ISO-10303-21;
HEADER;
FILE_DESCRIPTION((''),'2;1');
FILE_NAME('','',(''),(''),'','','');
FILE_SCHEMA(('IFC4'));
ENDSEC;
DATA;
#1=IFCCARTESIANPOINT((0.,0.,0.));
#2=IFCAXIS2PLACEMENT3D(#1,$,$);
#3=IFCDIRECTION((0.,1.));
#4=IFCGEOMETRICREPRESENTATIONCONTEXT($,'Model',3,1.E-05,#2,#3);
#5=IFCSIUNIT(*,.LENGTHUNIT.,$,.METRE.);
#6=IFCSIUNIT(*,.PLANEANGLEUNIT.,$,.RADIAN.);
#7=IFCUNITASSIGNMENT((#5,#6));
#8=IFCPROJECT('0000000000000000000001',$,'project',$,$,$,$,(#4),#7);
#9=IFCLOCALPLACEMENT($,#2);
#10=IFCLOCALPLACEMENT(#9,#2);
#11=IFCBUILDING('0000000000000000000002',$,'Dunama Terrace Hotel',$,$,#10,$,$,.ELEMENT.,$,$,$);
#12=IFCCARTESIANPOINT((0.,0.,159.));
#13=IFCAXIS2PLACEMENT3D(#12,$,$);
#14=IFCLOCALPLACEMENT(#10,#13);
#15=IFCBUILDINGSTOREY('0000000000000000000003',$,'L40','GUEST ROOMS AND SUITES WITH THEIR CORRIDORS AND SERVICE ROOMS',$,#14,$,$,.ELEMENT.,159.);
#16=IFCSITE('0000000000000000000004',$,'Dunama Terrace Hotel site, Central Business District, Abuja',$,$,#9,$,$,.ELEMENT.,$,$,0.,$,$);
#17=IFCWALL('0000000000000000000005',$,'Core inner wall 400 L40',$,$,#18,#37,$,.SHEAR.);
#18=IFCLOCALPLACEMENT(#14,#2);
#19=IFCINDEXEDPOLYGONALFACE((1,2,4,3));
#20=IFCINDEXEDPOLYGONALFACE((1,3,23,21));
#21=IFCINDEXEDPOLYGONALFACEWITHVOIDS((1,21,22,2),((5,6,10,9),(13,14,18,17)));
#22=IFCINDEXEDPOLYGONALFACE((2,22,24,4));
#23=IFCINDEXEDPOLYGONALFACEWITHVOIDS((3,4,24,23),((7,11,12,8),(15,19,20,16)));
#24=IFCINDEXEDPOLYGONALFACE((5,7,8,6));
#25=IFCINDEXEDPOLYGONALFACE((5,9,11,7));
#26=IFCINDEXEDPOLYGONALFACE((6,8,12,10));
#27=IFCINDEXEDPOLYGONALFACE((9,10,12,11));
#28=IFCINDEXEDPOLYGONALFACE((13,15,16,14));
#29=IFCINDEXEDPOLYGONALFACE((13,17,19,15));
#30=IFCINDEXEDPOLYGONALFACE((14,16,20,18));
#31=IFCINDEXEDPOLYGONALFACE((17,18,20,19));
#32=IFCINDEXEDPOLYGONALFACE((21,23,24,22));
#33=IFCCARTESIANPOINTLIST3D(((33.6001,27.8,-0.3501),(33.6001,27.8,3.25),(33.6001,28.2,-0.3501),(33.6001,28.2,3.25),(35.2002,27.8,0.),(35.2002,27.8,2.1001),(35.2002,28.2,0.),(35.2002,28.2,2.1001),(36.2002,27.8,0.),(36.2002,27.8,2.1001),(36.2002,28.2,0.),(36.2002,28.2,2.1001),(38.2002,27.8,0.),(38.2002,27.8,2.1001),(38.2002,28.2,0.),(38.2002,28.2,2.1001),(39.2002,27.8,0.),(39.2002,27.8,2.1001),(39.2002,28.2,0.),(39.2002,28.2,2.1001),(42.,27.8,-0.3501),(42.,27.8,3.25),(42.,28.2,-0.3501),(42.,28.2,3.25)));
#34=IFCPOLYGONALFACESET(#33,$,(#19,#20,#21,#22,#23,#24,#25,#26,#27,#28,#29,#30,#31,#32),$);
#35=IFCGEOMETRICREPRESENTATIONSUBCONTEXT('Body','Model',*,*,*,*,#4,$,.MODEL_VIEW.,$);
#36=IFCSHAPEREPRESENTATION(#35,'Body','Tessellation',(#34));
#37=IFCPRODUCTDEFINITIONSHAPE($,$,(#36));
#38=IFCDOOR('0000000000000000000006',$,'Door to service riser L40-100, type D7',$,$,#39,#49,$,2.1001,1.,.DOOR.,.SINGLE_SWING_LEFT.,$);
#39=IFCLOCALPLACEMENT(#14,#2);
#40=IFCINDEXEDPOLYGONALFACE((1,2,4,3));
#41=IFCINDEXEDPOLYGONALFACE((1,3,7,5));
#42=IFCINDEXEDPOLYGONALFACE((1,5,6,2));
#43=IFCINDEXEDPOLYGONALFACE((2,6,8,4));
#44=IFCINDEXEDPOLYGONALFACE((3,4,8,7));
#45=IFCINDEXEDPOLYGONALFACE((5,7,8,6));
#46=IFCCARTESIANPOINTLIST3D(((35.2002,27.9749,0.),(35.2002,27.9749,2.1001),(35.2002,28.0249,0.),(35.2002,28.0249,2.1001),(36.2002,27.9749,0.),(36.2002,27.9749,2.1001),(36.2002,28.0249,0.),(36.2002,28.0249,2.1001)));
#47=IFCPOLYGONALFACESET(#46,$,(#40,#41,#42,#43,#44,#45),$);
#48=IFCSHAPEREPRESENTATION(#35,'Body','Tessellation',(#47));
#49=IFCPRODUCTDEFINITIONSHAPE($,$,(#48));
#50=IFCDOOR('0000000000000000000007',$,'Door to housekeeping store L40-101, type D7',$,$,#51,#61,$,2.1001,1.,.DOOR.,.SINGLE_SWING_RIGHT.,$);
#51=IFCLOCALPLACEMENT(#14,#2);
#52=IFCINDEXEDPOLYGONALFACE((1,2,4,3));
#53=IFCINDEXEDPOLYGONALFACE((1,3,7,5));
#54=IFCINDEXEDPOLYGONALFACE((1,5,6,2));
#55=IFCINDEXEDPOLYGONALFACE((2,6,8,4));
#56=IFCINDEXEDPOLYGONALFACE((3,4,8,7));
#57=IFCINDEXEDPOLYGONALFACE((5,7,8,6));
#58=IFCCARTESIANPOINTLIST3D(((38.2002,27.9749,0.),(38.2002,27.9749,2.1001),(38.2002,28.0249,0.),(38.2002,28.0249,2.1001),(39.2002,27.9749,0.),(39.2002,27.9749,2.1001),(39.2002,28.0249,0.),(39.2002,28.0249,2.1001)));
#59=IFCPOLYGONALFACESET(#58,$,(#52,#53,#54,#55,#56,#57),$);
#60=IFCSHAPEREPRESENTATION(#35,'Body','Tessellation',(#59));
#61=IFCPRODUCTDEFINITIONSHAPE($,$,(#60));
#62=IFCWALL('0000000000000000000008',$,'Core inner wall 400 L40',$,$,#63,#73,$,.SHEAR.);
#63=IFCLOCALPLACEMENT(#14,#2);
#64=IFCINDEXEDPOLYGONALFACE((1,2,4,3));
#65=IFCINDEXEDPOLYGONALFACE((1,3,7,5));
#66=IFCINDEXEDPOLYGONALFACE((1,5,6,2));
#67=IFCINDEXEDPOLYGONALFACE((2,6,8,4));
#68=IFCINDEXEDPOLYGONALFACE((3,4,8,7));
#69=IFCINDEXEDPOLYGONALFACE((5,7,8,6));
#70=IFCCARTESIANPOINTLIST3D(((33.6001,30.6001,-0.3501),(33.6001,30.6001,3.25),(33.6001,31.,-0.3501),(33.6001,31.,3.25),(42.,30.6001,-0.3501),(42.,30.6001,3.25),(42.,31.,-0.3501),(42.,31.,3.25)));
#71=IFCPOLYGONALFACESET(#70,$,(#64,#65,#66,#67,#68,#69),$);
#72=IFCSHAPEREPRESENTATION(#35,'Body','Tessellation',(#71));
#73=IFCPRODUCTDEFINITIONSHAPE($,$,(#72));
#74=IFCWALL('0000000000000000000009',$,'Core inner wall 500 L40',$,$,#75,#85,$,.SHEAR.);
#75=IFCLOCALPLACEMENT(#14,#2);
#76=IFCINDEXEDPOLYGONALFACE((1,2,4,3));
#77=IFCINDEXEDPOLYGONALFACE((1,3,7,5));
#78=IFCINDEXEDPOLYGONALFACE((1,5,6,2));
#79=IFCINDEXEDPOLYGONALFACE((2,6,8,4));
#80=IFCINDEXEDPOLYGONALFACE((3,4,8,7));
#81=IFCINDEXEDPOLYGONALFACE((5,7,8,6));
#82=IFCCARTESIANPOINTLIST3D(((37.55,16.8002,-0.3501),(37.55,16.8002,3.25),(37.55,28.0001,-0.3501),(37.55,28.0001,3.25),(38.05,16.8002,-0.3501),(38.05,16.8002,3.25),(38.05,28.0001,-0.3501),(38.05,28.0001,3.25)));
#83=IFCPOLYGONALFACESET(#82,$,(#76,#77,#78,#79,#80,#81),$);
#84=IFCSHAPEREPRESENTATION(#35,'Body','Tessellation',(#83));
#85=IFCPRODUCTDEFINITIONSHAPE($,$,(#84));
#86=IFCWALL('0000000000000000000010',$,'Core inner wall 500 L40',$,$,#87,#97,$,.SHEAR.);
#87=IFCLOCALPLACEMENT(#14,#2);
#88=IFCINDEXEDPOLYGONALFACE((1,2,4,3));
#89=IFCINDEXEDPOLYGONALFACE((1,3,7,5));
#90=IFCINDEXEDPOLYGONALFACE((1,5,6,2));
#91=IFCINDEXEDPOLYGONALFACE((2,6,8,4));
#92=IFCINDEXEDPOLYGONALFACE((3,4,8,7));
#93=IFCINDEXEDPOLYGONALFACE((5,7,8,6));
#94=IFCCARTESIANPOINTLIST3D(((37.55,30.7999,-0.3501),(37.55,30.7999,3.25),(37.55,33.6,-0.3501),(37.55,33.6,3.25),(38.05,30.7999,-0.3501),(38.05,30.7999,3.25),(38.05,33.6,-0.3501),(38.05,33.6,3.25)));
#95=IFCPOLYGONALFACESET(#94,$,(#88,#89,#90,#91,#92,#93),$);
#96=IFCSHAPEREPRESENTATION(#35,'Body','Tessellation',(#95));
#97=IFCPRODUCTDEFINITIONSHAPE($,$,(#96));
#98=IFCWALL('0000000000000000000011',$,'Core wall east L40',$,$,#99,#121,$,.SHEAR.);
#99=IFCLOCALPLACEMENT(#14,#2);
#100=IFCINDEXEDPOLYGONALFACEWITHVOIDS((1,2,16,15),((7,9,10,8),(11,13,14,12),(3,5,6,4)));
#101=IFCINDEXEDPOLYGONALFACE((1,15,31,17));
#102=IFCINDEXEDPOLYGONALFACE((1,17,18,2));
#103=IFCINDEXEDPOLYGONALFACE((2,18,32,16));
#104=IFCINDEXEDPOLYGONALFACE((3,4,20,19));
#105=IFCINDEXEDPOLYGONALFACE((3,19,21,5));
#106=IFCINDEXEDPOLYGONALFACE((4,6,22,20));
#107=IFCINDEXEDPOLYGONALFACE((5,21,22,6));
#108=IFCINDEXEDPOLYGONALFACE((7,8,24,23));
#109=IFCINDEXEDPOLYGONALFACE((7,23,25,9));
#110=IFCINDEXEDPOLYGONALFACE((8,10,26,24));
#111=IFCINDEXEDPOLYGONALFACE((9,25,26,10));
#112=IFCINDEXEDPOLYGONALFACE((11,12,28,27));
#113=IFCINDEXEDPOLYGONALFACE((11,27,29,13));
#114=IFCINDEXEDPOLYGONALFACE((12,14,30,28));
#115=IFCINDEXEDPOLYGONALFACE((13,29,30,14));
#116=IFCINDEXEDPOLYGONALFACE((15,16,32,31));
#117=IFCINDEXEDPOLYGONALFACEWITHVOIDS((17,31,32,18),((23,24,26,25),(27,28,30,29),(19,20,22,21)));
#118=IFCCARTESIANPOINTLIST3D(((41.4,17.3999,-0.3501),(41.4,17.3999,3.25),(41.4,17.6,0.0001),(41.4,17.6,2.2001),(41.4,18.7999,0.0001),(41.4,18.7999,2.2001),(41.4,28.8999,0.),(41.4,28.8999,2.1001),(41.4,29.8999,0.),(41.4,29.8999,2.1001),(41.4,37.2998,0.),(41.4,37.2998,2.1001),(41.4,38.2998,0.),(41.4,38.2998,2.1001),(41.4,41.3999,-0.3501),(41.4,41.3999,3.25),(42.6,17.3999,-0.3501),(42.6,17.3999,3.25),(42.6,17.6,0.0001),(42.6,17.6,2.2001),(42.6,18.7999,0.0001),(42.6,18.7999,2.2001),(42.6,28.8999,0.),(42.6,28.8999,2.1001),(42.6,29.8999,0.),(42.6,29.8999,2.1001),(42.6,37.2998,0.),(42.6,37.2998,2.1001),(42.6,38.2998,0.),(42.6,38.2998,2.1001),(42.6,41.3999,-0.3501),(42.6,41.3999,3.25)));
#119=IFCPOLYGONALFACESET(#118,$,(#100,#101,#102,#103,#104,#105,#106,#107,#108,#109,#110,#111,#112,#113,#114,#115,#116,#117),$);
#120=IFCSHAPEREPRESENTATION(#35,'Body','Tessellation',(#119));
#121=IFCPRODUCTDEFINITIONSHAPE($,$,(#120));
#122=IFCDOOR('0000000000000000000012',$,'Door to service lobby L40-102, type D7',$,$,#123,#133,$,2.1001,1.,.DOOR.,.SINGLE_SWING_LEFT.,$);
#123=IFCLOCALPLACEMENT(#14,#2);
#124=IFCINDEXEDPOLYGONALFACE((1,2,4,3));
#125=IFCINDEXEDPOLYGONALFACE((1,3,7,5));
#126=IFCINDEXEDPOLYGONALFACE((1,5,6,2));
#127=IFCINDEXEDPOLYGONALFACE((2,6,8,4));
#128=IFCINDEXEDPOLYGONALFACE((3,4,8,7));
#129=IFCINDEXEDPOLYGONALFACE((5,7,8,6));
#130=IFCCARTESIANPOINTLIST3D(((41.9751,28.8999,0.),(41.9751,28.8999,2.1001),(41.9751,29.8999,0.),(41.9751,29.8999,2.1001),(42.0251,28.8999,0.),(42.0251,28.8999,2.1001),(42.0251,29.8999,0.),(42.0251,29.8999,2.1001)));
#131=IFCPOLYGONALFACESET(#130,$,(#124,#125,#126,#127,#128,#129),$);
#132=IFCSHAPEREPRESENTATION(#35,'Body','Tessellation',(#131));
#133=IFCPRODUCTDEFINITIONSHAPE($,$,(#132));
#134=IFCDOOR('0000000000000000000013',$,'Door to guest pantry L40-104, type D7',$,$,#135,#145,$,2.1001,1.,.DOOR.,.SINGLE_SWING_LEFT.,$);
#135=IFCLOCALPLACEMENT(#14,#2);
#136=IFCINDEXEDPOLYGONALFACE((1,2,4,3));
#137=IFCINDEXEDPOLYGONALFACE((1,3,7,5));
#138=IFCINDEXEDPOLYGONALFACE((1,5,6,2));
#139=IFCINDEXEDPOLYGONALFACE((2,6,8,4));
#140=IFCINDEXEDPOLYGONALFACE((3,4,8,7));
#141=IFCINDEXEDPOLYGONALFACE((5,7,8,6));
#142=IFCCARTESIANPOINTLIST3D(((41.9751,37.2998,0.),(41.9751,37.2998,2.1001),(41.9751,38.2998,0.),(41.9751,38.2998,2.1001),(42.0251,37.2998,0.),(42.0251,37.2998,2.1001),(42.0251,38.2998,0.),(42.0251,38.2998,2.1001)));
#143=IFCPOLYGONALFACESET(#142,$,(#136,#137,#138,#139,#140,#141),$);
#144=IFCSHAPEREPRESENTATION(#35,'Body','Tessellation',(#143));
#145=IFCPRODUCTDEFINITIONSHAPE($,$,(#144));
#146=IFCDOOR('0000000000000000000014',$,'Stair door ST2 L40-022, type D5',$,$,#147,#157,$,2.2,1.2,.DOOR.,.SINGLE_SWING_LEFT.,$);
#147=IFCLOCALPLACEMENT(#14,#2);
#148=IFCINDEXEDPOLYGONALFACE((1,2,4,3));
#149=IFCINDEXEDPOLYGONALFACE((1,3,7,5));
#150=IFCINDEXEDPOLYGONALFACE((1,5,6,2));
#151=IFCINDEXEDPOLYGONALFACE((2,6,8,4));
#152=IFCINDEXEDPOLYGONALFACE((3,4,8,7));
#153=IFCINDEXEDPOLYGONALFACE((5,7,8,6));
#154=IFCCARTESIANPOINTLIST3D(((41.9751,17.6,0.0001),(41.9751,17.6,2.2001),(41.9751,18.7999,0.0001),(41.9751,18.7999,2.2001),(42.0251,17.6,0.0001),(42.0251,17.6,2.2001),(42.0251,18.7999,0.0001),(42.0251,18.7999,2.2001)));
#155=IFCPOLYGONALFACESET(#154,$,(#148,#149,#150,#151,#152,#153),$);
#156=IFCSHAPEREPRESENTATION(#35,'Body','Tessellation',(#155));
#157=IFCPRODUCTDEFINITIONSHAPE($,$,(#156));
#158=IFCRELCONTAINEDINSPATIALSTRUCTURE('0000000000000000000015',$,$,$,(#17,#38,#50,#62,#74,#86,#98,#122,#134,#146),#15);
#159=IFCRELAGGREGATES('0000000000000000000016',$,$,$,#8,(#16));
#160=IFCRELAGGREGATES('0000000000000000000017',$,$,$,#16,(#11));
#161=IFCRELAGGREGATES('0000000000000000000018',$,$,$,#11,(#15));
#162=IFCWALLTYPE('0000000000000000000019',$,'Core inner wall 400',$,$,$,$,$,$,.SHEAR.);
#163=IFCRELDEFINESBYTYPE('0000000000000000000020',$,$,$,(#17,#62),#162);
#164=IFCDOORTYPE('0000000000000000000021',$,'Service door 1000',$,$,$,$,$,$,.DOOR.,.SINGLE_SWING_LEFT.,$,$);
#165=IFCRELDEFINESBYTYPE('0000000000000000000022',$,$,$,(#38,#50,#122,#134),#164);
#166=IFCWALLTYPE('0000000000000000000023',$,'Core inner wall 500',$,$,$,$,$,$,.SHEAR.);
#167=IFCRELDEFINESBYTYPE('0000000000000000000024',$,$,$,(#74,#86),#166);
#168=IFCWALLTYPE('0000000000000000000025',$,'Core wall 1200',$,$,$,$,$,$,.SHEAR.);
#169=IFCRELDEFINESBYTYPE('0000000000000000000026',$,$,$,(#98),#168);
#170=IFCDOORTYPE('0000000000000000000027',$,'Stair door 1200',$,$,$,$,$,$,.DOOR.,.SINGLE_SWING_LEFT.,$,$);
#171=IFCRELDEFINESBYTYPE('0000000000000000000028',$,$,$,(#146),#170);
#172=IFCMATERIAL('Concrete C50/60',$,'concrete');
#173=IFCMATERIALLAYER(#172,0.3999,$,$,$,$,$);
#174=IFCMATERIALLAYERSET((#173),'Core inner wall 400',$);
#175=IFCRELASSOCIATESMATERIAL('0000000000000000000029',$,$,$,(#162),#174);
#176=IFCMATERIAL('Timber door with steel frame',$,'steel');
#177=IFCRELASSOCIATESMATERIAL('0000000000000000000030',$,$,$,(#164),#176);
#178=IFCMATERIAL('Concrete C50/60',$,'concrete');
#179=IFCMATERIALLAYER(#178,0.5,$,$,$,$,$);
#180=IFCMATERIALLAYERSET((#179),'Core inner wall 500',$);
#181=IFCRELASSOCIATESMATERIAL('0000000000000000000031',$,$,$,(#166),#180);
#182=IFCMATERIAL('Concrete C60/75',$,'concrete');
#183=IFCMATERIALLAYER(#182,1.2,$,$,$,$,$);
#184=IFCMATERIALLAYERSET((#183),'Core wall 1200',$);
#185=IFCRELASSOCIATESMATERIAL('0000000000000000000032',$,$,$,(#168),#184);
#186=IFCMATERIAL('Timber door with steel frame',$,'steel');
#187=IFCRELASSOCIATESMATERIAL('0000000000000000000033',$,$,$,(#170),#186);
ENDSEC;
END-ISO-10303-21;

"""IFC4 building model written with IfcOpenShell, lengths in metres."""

from ifc_helpers import new_model, si_unit, direction, frame, frame_2d, origin, place, context, subcontext, project, spatial, rectangle, extrude, material, layer, layer_set, type_object, element, fill, save


model = new_model("IFC4")

# Units and contexts
model_context = context("Model", 3, precision=1e-05, world=origin(), true_north=direction((0.0, 1.0)))
body_context = subcontext(model_context, "Body", "Model", "MODEL_VIEW")
ifc_project = project(units=[si_unit("LENGTHUNIT", "METRE"), si_unit("PLANEANGLEUNIT", "RADIAN")], contexts=[model_context])

# Site, building, storey
site_placement = place(None, origin())
site = spatial("IfcSite", under=ifc_project, at=site_placement, Name="Dunama Terrace Hotel site, Central Business District, Abuja", CompositionType="ELEMENT", RefElevation=0.0)
building_placement = place(site_placement, origin())
building = spatial("IfcBuilding", under=site, at=building_placement, Name="Dunama Terrace Hotel", CompositionType="ELEMENT")
storey_placement = place(building_placement, frame((0.0, 0.0, 159.0)))
storey = spatial("IfcBuildingStorey", under=building, at=storey_placement, Name="L40", Description="GUEST ROOMS AND SUITES WITH THEIR CORRIDORS AND SERVICE ROOMS", CompositionType="ELEMENT", Elevation=159.0)

# Wall, openings, doors
ifc_material_1 = material(Name="Concrete C50/60", Category="concrete")
ifc_layer_1 = layer(ifc_material_1, 0.3999)
ifc_layer_set_1 = layer_set([ifc_layer_1], Name="Core inner wall 400")
wall_type_1 = type_object("IfcWallType", Name="Core inner wall 400", PredefinedType="SHEAR", material=ifc_layer_set_1)
ifc_material_2 = material(Name="Timber door with steel frame", Category="steel")
door_type_1 = type_object("IfcDoorType", Name="Service door 1000", OperationType="SINGLE_SWING_LEFT", PredefinedType="DOOR", material=ifc_material_2)
wall_1_placement = place(storey_placement, frame((33.6001, 28.0, -0.3501), z_axis=(0.0, 0.0, 1.0), x_axis=(1.0, 0.0, 0.0)))
wall_1 = element("IfcWall", 1, at=wall_1_placement, inside=storey, type_object=wall_type_1, Name="Core inner wall 400 L40", PredefinedType="SHEAR", context=body_context, shape_type="SweptSolid", body=[
    extrude(rectangle(XDim=8.3999, YDim=0.3999, at=frame_2d((4.2, 0.0))), origin(), (0.0, 0.0, 1.0), 3.6001),
])
opening_1_placement = place(wall_1_placement, frame((1.6001, 0.0, 0.3501)))
opening_1 = element("IfcOpeningElement", 2, at=opening_1_placement, cuts=wall_1, PredefinedType="OPENING", context=body_context, shape_type="SweptSolid", body=[
    extrude(rectangle(XDim=1.0, YDim=2.1001, at=frame_2d((0.5, 1.05))), frame((0.0, 0.21, 0.0), z_axis=(0.0, -1.0, 0.0), x_axis=(1.0, 0.0, 0.0)), (0.0, 0.0, 1.0), 0.4199),
])
opening_2_placement = place(wall_1_placement, frame((4.6001, 0.0, 0.3501)))
opening_2 = element("IfcOpeningElement", 3, at=opening_2_placement, cuts=wall_1, PredefinedType="OPENING", context=body_context, shape_type="SweptSolid", body=[
    extrude(rectangle(XDim=1.0, YDim=2.1001, at=frame_2d((0.5, 1.05))), frame((0.0, 0.21, 0.0), z_axis=(0.0, -1.0, 0.0), x_axis=(1.0, 0.0, 0.0)), (0.0, 0.0, 1.0), 0.4199),
])
door_1_placement = place(opening_1_placement, frame((1.0, 0.0, 0.0), z_axis=(0.0, 0.0, 1.0), x_axis=(-1.0, 0.0, 0.0)))
door_1 = element("IfcDoor", 4, at=door_1_placement, inside=storey, type_object=door_type_1, Name="Door to service riser L40-100, type D7", OperationType="SINGLE_SWING_LEFT", OverallHeight=2.1001, OverallWidth=1.0, PredefinedType="DOOR", context=body_context, shape_type="SweptSolid", body=[
    extrude(rectangle(XDim=1.0, YDim=2.1001, at=frame_2d((0.5, 1.05))), frame((0.0, 0.0251, 0.0), z_axis=(0.0, -1.0, 0.0), x_axis=(1.0, 0.0, 0.0)), (0.0, 0.0, 1.0), 0.05),
])
fill(opening_1, door_1)
door_2_placement = place(opening_2_placement, frame((1.0, 0.0, 0.0), z_axis=(0.0, 0.0, 1.0), x_axis=(-1.0, 0.0, 0.0)))
door_2 = element("IfcDoor", 5, at=door_2_placement, inside=storey, type_object=door_type_1, Name="Door to housekeeping store L40-101, type D7", OperationType="SINGLE_SWING_RIGHT", OverallHeight=2.1001, OverallWidth=1.0, PredefinedType="DOOR", context=body_context, shape_type="SweptSolid", body=[
    extrude(rectangle(XDim=1.0, YDim=2.1001, at=frame_2d((0.5, 1.05))), frame((0.0, 0.0251, 0.0), z_axis=(0.0, -1.0, 0.0), x_axis=(1.0, 0.0, 0.0)), (0.0, 0.0, 1.0), 0.05),
])
fill(opening_2, door_2)

# Walls
wall_2_placement = place(storey_placement, frame((33.6001, 30.8, -0.3501), z_axis=(0.0, 0.0, 1.0), x_axis=(1.0, 0.0, 0.0)))
element("IfcWall", 6, at=wall_2_placement, inside=storey, type_object=wall_type_1, Name="Core inner wall 400 L40", PredefinedType="SHEAR", context=body_context, shape_type="SweptSolid", body=[
    extrude(rectangle(XDim=8.3999, YDim=0.3999, at=frame_2d((4.2, 0.0))), origin(), (0.0, 0.0, 1.0), 3.6001),
])
ifc_material_3 = material(Name="Concrete C50/60", Category="concrete")
ifc_layer_2 = layer(ifc_material_3, 0.5)
ifc_layer_set_2 = layer_set([ifc_layer_2], Name="Core inner wall 500")
wall_type_2 = type_object("IfcWallType", Name="Core inner wall 500", PredefinedType="SHEAR", material=ifc_layer_set_2)
wall_3_placement = place(storey_placement, frame((37.8, 16.8, -0.3501), z_axis=(0.0, 0.0, 1.0), x_axis=(0.0, 1.0, 0.0)))
element("IfcWall", 7, at=wall_3_placement, inside=storey, type_object=wall_type_2, Name="Core inner wall 500 L40", PredefinedType="SHEAR", context=body_context, shape_type="SweptSolid", body=[
    extrude(rectangle(XDim=11.2, YDim=0.5, at=frame_2d((5.6001, 0.0))), origin(), (0.0, 0.0, 1.0), 3.6001),
])
wall_4_placement = place(storey_placement, frame((37.8, 30.8, -0.3501), z_axis=(0.0, 0.0, 1.0), x_axis=(0.0, 1.0, 0.0)))
element("IfcWall", 8, at=wall_4_placement, inside=storey, type_object=wall_type_2, Name="Core inner wall 500 L40", PredefinedType="SHEAR", context=body_context, shape_type="SweptSolid", body=[
    extrude(rectangle(XDim=2.8, YDim=0.5, at=frame_2d((1.3999, 0.0))), origin(), (0.0, 0.0, 1.0), 3.6001),
])

# Wall, openings, doors
ifc_material_4 = material(Name="Concrete C60/75", Category="concrete")
ifc_layer_3 = layer(ifc_material_4, 1.2)
ifc_layer_set_3 = layer_set([ifc_layer_3], Name="Core wall 1200")
wall_type_3 = type_object("IfcWallType", Name="Core wall 1200", PredefinedType="SHEAR", material=ifc_layer_set_3)
wall_5_placement = place(storey_placement, frame((42.0, 17.3999, -0.3501), z_axis=(0.0, 0.0, 1.0), x_axis=(0.0, 1.0, 0.0)))
wall_5 = element("IfcWall", 9, at=wall_5_placement, inside=storey, type_object=wall_type_3, Name="Core wall east L40", PredefinedType="SHEAR", context=body_context, shape_type="SweptSolid", body=[
    extrude(rectangle(XDim=24.0, YDim=1.2, at=frame_2d((12.0, 0.0))), origin(), (0.0, 0.0, 1.0), 3.6001),
])
opening_3_placement = place(wall_5_placement, frame((0.2, 0.0, 0.3501)))
opening_3 = element("IfcOpeningElement", 10, at=opening_3_placement, cuts=wall_5, PredefinedType="OPENING", context=body_context, shape_type="SweptSolid", body=[
    extrude(rectangle(XDim=1.2, YDim=2.2, at=frame_2d((0.6001, 1.1001))), frame((0.0, 0.6099, 0.0), z_axis=(0.0, -1.0, 0.0), x_axis=(1.0, 0.0, 0.0)), (0.0, 0.0, 1.0), 1.22),
])
opening_4_placement = place(wall_5_placement, frame((11.5, 0.0, 0.3501)))
opening_4 = element("IfcOpeningElement", 11, at=opening_4_placement, cuts=wall_5, PredefinedType="OPENING", context=body_context, shape_type="SweptSolid", body=[
    extrude(rectangle(XDim=1.0, YDim=2.1001, at=frame_2d((0.5, 1.05))), frame((0.0, 0.6099, 0.0), z_axis=(0.0, -1.0, 0.0), x_axis=(1.0, 0.0, 0.0)), (0.0, 0.0, 1.0), 1.22),
])
opening_5_placement = place(wall_5_placement, frame((19.8999, 0.0, 0.3501)))
opening_5 = element("IfcOpeningElement", 12, at=opening_5_placement, cuts=wall_5, PredefinedType="OPENING", context=body_context, shape_type="SweptSolid", body=[
    extrude(rectangle(XDim=1.0, YDim=2.1001, at=frame_2d((0.5, 1.05))), frame((0.0, 0.6099, 0.0), z_axis=(0.0, -1.0, 0.0), x_axis=(1.0, 0.0, 0.0)), (0.0, 0.0, 1.0), 1.22),
])
door_3_placement = place(opening_4_placement, origin())
door_3 = element("IfcDoor", 13, at=door_3_placement, inside=storey, type_object=door_type_1, Name="Door to service lobby L40-102, type D7", OperationType="SINGLE_SWING_LEFT", OverallHeight=2.1001, OverallWidth=1.0, PredefinedType="DOOR", context=body_context, shape_type="SweptSolid", body=[
    extrude(rectangle(XDim=1.0, YDim=2.1001, at=frame_2d((0.5, 1.05))), frame((0.0, 0.0249, 0.0), z_axis=(0.0, -1.0, 0.0), x_axis=(1.0, 0.0, 0.0)), (0.0, 0.0, 1.0), 0.05),
])
fill(opening_4, door_3)
door_4_placement = place(opening_5_placement, origin())
door_4 = element("IfcDoor", 14, at=door_4_placement, inside=storey, type_object=door_type_1, Name="Door to guest pantry L40-104, type D7", OperationType="SINGLE_SWING_LEFT", OverallHeight=2.1001, OverallWidth=1.0, PredefinedType="DOOR", context=body_context, shape_type="SweptSolid", body=[
    extrude(rectangle(XDim=1.0, YDim=2.1001, at=frame_2d((0.5, 1.05))), frame((0.0, 0.0249, 0.0), z_axis=(0.0, -1.0, 0.0), x_axis=(1.0, 0.0, 0.0)), (0.0, 0.0, 1.0), 0.05),
])
fill(opening_5, door_4)
ifc_material_5 = material(Name="Timber door with steel frame", Category="steel")
door_type_2 = type_object("IfcDoorType", Name="Stair door 1200", OperationType="SINGLE_SWING_LEFT", PredefinedType="DOOR", material=ifc_material_5)
door_5_placement = place(opening_3_placement, origin())
door_5 = element("IfcDoor", 15, at=door_5_placement, inside=storey, type_object=door_type_2, Name="Stair door ST2 L40-022, type D5", OperationType="SINGLE_SWING_LEFT", OverallHeight=2.2, OverallWidth=1.2, PredefinedType="DOOR", context=body_context, shape_type="SweptSolid", body=[
    extrude(rectangle(XDim=1.2, YDim=2.2, at=frame_2d((0.6001, 1.1001))), frame((0.0, 0.0249, 0.0), z_axis=(0.0, -1.0, 0.0), x_axis=(1.0, 0.0, 0.0)), (0.0, 0.0, 1.0), 0.05),
])
fill(opening_3, door_5)

save(model, "model.ifc")
